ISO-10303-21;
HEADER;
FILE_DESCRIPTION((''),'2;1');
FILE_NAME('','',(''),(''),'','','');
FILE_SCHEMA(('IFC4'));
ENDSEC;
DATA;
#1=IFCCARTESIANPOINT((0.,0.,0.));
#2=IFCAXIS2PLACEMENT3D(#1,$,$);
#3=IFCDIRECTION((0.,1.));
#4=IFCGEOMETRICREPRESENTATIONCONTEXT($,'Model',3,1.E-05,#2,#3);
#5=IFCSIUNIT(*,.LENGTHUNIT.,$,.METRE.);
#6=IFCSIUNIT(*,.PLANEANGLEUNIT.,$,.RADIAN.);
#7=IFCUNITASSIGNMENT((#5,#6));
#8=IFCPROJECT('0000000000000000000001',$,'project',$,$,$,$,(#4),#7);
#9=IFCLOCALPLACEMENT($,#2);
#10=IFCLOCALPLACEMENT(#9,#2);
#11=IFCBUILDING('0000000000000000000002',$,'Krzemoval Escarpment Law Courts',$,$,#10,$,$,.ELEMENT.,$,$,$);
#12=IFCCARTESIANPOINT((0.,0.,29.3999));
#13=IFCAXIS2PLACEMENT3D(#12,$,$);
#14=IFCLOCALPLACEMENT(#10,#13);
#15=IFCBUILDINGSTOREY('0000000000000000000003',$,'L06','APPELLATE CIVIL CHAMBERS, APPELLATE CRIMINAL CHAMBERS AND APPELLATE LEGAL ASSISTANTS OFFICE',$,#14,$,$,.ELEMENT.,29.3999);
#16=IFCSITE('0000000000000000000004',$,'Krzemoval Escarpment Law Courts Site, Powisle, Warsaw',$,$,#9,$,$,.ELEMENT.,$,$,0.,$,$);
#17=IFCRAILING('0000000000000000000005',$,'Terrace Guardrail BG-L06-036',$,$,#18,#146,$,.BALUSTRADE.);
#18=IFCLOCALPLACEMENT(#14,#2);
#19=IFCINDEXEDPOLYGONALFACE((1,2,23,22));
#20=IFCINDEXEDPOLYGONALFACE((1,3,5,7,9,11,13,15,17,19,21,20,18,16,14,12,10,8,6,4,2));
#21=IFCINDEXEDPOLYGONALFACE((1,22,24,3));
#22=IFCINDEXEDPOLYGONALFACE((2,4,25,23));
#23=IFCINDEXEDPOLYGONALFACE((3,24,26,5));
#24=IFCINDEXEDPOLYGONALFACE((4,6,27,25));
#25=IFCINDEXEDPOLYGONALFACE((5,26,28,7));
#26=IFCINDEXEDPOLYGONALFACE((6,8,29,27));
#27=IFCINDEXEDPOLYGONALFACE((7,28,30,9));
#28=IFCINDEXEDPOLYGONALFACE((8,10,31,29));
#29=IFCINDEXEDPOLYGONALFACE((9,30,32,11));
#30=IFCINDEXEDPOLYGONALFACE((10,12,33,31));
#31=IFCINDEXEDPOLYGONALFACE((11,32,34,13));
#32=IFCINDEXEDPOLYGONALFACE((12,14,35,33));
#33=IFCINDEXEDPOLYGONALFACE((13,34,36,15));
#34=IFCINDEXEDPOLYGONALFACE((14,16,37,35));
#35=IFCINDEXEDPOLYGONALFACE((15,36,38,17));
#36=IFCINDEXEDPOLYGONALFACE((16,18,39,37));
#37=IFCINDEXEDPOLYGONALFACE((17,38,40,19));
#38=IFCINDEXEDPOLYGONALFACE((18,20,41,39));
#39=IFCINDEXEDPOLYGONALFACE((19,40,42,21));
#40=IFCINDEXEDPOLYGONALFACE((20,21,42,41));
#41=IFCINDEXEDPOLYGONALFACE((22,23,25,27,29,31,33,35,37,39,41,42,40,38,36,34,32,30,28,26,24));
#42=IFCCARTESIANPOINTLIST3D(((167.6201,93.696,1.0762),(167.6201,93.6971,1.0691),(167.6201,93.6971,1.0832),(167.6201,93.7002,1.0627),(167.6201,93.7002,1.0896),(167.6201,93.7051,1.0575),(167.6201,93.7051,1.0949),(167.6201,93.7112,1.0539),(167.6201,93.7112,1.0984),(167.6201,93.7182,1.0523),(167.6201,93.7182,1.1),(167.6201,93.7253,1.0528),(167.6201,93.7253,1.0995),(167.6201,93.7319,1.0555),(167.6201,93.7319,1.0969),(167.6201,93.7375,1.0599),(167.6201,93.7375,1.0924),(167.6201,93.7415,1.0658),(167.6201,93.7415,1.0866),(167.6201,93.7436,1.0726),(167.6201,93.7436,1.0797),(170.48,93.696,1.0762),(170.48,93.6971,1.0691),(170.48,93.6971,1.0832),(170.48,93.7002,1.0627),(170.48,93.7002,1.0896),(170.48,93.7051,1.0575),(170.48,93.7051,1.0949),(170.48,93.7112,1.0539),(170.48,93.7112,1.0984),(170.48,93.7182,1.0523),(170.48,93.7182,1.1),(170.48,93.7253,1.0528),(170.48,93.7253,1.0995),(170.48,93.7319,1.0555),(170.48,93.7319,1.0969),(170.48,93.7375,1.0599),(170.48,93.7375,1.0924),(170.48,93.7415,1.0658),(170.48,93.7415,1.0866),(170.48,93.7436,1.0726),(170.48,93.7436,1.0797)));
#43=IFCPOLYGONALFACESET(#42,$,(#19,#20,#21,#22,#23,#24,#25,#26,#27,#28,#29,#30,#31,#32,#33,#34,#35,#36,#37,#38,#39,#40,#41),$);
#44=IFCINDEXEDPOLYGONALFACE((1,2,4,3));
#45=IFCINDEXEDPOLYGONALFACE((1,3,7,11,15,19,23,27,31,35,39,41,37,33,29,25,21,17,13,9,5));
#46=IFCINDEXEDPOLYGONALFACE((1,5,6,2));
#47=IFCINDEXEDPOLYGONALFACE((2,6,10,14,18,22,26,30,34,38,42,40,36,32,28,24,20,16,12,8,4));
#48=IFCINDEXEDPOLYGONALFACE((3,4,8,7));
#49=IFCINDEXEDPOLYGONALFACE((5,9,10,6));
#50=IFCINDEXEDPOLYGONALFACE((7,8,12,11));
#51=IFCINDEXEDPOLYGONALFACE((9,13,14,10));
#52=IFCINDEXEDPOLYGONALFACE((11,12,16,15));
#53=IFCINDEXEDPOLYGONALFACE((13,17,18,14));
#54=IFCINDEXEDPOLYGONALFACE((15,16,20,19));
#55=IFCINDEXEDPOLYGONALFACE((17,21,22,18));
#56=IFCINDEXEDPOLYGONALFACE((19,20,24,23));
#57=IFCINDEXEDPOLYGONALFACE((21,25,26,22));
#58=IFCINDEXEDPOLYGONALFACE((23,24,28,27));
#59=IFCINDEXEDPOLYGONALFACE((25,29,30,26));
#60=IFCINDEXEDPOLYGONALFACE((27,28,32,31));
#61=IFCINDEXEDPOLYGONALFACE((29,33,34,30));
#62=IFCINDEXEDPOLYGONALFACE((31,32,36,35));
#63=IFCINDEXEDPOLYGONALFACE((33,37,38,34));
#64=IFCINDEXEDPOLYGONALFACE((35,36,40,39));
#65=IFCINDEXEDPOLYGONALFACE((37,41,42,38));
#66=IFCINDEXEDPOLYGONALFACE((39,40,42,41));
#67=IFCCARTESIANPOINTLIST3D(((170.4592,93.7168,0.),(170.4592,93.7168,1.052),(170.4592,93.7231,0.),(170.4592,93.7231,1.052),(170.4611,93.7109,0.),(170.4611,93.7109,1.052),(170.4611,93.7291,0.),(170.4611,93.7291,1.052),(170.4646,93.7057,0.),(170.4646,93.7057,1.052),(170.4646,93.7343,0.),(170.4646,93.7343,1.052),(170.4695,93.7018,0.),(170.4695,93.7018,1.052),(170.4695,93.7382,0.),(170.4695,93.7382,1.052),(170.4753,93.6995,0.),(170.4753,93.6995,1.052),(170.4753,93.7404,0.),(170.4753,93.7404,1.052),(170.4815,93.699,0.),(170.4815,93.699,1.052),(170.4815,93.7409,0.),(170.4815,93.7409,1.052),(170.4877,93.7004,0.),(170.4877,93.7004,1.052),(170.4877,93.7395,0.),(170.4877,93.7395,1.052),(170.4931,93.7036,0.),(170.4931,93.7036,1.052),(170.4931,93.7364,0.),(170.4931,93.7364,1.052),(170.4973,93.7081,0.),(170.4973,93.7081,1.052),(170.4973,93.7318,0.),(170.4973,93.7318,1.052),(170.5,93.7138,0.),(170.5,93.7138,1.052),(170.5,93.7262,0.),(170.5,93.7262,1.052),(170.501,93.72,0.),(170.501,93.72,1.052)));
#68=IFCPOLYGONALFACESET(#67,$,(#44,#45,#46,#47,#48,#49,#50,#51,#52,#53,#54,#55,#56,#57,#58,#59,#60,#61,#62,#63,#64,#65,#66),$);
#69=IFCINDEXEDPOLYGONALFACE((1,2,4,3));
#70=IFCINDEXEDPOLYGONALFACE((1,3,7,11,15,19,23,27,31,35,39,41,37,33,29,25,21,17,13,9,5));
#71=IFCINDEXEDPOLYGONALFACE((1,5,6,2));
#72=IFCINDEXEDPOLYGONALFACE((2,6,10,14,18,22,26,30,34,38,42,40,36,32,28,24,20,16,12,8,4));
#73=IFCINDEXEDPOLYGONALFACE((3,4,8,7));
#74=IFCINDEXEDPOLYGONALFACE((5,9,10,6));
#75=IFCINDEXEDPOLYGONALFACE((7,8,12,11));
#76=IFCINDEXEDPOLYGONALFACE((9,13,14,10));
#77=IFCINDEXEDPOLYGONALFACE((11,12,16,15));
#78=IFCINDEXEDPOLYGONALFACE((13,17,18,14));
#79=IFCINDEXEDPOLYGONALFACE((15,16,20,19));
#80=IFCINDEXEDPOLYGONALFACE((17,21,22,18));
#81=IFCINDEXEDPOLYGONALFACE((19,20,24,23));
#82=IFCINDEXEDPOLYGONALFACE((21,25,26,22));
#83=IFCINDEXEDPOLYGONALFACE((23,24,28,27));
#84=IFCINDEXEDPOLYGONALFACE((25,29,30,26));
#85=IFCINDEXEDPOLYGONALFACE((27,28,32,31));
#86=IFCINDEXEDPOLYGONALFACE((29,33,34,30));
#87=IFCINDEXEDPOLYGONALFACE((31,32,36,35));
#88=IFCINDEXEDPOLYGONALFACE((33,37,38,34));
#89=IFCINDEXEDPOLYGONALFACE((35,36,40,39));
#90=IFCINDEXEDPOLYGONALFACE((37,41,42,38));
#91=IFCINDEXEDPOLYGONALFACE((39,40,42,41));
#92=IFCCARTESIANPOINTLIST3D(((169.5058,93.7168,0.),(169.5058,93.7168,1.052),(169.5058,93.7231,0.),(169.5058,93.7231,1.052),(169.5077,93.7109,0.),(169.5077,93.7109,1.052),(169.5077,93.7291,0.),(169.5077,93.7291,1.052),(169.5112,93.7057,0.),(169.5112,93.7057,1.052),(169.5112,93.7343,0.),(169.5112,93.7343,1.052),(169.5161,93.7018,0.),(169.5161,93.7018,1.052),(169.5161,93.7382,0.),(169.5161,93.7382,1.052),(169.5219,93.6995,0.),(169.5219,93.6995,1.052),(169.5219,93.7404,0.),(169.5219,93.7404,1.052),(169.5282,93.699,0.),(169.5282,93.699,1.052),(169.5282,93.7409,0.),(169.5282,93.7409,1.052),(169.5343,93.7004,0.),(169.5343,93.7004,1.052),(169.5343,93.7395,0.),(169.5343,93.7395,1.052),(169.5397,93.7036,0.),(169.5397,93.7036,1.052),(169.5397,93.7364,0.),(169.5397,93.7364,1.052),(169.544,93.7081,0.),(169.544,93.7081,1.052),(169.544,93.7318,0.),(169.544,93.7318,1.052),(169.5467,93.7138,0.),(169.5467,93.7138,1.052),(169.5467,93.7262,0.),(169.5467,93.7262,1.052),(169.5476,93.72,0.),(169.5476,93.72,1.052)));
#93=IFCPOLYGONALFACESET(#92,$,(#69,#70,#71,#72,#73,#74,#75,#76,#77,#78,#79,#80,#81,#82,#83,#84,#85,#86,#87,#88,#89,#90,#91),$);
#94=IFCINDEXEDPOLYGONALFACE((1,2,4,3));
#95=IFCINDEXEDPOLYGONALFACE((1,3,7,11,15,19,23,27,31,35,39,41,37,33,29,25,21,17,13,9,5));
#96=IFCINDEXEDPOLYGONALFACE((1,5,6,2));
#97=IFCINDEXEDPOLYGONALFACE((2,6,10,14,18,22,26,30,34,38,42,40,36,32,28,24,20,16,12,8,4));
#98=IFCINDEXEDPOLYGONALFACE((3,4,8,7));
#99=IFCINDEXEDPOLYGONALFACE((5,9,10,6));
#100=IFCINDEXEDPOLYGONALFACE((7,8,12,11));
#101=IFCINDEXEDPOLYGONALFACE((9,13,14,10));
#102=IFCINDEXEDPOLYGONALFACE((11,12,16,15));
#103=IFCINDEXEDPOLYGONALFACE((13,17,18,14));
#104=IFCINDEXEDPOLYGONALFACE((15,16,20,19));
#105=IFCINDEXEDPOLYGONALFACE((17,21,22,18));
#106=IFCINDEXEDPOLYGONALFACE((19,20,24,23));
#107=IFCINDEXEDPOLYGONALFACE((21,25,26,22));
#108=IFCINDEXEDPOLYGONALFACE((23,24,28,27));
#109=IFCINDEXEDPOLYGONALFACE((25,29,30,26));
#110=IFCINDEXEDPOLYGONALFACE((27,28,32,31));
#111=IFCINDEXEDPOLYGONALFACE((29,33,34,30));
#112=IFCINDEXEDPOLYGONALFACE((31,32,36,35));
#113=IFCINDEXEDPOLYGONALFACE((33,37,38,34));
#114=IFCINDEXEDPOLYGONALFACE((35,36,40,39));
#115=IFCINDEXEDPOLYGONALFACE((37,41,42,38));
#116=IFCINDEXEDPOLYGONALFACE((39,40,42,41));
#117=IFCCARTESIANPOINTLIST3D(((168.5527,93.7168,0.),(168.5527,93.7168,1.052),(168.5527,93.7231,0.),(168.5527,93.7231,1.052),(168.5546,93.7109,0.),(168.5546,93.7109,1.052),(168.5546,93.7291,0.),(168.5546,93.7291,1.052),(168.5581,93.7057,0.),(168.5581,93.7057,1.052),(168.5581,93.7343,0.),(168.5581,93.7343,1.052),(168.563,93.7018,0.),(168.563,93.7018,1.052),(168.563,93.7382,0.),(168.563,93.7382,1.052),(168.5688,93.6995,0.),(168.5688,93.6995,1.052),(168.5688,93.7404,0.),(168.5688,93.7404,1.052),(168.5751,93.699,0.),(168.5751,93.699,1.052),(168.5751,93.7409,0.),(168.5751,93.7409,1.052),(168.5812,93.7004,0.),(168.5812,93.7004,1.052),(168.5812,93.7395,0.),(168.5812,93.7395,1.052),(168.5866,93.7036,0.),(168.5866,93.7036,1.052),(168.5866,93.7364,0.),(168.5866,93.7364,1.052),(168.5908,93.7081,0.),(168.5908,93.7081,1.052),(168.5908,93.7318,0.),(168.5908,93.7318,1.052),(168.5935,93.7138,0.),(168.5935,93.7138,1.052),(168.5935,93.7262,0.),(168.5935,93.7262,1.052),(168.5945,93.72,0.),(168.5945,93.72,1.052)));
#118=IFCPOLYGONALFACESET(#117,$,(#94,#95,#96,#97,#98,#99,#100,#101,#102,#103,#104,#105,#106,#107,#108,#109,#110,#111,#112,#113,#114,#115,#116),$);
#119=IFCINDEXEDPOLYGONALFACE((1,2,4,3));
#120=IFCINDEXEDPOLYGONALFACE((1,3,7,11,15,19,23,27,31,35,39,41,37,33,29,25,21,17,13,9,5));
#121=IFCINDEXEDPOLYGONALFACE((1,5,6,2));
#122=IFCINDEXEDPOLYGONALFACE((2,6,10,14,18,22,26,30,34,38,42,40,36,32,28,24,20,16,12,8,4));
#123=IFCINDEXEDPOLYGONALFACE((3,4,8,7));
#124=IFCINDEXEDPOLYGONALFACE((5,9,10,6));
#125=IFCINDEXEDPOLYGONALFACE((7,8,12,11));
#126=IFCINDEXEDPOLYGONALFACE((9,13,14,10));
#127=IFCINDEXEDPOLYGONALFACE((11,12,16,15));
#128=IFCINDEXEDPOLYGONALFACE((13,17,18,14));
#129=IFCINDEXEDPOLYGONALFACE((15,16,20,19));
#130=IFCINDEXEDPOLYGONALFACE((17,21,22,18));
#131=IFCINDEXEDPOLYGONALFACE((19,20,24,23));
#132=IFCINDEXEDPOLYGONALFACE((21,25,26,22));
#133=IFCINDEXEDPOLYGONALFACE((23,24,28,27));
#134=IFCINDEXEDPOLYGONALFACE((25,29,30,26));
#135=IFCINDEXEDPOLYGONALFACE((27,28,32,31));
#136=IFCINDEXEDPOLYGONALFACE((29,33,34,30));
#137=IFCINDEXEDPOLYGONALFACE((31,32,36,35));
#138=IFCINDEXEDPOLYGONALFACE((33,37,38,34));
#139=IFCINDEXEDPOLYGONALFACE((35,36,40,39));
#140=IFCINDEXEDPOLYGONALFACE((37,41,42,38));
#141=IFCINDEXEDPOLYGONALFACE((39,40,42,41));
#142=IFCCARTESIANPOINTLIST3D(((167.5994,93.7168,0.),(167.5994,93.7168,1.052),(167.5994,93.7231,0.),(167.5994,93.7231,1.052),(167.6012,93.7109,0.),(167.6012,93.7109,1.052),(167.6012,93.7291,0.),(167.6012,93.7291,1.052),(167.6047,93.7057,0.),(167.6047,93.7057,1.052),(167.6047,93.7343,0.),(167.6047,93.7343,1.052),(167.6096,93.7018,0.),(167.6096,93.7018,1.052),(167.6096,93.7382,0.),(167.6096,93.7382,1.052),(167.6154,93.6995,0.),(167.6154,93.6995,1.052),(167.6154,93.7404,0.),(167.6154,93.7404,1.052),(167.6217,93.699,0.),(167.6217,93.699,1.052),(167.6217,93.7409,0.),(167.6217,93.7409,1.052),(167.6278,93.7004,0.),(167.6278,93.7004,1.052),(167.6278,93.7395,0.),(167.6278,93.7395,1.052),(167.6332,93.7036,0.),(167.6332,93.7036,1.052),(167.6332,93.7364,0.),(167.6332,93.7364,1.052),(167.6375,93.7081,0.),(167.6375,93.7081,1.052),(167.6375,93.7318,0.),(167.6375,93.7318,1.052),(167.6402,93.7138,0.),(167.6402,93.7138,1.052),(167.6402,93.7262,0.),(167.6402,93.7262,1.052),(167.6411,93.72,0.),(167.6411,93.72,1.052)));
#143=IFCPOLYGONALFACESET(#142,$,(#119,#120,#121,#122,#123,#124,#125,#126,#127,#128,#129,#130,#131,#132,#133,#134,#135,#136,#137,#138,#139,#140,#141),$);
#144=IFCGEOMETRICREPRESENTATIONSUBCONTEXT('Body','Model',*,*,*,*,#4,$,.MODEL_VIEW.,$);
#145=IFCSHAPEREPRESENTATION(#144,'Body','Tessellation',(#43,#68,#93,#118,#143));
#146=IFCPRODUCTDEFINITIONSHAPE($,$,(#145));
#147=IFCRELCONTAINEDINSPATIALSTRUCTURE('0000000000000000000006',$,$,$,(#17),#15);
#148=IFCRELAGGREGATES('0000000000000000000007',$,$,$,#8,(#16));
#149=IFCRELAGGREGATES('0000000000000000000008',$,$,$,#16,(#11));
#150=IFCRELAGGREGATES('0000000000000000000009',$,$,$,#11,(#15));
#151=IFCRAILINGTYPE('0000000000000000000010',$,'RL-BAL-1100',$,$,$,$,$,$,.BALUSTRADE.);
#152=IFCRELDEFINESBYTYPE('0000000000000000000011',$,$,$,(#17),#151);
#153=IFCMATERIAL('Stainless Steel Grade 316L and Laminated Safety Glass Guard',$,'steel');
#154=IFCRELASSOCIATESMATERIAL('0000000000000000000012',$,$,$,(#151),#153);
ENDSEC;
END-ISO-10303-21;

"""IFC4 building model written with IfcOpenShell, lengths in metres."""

from ifc_helpers import new_model, si_unit, direction, frame, origin, origin_2d, place, context, subcontext, project, spatial, circle, extrude, material, type_object, element, save


model = new_model("IFC4")

# Units and contexts
model_context = context("Model", 3, precision=1e-05, world=origin(), true_north=direction((0.0, 1.0)))
body_context = subcontext(model_context, "Body", "Model", "MODEL_VIEW")
ifc_project = project(units=[si_unit("LENGTHUNIT", "METRE"), si_unit("PLANEANGLEUNIT", "RADIAN")], contexts=[model_context])

# Site, building, storey
site_placement = place(None, origin())
site = spatial("IfcSite", under=ifc_project, at=site_placement, Name="Krzemoval Escarpment Law Courts Site, Powisle, Warsaw", CompositionType="ELEMENT", RefElevation=0.0)
building_placement = place(site_placement, origin())
building = spatial("IfcBuilding", under=site, at=building_placement, Name="Krzemoval Escarpment Law Courts", CompositionType="ELEMENT")
storey_placement = place(building_placement, frame((0.0, 0.0, 29.3999)))
storey = spatial("IfcBuildingStorey", under=building, at=storey_placement, Name="L06", Description="APPELLATE CIVIL CHAMBERS, APPELLATE CRIMINAL CHAMBERS AND APPELLATE LEGAL ASSISTANTS OFFICE", CompositionType="ELEMENT", Elevation=29.3999)

# Railing
ifc_material_1 = material(Name="Stainless Steel Grade 316L and Laminated Safety Glass Guard", Category="steel")
railing_type = type_object("IfcRailingType", Name="RL-BAL-1100", PredefinedType="BALUSTRADE", material=ifc_material_1)
railing_1_placement = place(storey_placement, frame((170.48, 93.72, 0.0)))
element("IfcRailing", 1, at=railing_1_placement, inside=storey, type_object=railing_type, Name="Terrace Guardrail BG-L06-036", PredefinedType="BALUSTRADE", context=body_context, shape_type="SweptSolid", body=[
    extrude(circle(Radius=0.0239, at=origin_2d()), frame((0.0, 0.0, 1.0762), z_axis=(-1.0, 0.0, 0.0), x_axis=(0.0, -1.0, 0.0)), (0.0, 0.0, 1.0), 2.8599),
    extrude(circle(Radius=0.021, at=origin_2d()), origin(), (0.0, 0.0, 1.0), 1.052),
    extrude(circle(Radius=0.021, at=origin_2d()), frame((-0.9534, 0.0, 0.0)), (0.0, 0.0, 1.0), 1.052),
    extrude(circle(Radius=0.021, at=origin_2d()), frame((-1.9065, 0.0, 0.0)), (0.0, 0.0, 1.0), 1.052),
    extrude(circle(Radius=0.021, at=origin_2d()), frame((-2.8599, 0.0, 0.0)), (0.0, 0.0, 1.0), 1.052),
])

save(model, "model.ifc")
